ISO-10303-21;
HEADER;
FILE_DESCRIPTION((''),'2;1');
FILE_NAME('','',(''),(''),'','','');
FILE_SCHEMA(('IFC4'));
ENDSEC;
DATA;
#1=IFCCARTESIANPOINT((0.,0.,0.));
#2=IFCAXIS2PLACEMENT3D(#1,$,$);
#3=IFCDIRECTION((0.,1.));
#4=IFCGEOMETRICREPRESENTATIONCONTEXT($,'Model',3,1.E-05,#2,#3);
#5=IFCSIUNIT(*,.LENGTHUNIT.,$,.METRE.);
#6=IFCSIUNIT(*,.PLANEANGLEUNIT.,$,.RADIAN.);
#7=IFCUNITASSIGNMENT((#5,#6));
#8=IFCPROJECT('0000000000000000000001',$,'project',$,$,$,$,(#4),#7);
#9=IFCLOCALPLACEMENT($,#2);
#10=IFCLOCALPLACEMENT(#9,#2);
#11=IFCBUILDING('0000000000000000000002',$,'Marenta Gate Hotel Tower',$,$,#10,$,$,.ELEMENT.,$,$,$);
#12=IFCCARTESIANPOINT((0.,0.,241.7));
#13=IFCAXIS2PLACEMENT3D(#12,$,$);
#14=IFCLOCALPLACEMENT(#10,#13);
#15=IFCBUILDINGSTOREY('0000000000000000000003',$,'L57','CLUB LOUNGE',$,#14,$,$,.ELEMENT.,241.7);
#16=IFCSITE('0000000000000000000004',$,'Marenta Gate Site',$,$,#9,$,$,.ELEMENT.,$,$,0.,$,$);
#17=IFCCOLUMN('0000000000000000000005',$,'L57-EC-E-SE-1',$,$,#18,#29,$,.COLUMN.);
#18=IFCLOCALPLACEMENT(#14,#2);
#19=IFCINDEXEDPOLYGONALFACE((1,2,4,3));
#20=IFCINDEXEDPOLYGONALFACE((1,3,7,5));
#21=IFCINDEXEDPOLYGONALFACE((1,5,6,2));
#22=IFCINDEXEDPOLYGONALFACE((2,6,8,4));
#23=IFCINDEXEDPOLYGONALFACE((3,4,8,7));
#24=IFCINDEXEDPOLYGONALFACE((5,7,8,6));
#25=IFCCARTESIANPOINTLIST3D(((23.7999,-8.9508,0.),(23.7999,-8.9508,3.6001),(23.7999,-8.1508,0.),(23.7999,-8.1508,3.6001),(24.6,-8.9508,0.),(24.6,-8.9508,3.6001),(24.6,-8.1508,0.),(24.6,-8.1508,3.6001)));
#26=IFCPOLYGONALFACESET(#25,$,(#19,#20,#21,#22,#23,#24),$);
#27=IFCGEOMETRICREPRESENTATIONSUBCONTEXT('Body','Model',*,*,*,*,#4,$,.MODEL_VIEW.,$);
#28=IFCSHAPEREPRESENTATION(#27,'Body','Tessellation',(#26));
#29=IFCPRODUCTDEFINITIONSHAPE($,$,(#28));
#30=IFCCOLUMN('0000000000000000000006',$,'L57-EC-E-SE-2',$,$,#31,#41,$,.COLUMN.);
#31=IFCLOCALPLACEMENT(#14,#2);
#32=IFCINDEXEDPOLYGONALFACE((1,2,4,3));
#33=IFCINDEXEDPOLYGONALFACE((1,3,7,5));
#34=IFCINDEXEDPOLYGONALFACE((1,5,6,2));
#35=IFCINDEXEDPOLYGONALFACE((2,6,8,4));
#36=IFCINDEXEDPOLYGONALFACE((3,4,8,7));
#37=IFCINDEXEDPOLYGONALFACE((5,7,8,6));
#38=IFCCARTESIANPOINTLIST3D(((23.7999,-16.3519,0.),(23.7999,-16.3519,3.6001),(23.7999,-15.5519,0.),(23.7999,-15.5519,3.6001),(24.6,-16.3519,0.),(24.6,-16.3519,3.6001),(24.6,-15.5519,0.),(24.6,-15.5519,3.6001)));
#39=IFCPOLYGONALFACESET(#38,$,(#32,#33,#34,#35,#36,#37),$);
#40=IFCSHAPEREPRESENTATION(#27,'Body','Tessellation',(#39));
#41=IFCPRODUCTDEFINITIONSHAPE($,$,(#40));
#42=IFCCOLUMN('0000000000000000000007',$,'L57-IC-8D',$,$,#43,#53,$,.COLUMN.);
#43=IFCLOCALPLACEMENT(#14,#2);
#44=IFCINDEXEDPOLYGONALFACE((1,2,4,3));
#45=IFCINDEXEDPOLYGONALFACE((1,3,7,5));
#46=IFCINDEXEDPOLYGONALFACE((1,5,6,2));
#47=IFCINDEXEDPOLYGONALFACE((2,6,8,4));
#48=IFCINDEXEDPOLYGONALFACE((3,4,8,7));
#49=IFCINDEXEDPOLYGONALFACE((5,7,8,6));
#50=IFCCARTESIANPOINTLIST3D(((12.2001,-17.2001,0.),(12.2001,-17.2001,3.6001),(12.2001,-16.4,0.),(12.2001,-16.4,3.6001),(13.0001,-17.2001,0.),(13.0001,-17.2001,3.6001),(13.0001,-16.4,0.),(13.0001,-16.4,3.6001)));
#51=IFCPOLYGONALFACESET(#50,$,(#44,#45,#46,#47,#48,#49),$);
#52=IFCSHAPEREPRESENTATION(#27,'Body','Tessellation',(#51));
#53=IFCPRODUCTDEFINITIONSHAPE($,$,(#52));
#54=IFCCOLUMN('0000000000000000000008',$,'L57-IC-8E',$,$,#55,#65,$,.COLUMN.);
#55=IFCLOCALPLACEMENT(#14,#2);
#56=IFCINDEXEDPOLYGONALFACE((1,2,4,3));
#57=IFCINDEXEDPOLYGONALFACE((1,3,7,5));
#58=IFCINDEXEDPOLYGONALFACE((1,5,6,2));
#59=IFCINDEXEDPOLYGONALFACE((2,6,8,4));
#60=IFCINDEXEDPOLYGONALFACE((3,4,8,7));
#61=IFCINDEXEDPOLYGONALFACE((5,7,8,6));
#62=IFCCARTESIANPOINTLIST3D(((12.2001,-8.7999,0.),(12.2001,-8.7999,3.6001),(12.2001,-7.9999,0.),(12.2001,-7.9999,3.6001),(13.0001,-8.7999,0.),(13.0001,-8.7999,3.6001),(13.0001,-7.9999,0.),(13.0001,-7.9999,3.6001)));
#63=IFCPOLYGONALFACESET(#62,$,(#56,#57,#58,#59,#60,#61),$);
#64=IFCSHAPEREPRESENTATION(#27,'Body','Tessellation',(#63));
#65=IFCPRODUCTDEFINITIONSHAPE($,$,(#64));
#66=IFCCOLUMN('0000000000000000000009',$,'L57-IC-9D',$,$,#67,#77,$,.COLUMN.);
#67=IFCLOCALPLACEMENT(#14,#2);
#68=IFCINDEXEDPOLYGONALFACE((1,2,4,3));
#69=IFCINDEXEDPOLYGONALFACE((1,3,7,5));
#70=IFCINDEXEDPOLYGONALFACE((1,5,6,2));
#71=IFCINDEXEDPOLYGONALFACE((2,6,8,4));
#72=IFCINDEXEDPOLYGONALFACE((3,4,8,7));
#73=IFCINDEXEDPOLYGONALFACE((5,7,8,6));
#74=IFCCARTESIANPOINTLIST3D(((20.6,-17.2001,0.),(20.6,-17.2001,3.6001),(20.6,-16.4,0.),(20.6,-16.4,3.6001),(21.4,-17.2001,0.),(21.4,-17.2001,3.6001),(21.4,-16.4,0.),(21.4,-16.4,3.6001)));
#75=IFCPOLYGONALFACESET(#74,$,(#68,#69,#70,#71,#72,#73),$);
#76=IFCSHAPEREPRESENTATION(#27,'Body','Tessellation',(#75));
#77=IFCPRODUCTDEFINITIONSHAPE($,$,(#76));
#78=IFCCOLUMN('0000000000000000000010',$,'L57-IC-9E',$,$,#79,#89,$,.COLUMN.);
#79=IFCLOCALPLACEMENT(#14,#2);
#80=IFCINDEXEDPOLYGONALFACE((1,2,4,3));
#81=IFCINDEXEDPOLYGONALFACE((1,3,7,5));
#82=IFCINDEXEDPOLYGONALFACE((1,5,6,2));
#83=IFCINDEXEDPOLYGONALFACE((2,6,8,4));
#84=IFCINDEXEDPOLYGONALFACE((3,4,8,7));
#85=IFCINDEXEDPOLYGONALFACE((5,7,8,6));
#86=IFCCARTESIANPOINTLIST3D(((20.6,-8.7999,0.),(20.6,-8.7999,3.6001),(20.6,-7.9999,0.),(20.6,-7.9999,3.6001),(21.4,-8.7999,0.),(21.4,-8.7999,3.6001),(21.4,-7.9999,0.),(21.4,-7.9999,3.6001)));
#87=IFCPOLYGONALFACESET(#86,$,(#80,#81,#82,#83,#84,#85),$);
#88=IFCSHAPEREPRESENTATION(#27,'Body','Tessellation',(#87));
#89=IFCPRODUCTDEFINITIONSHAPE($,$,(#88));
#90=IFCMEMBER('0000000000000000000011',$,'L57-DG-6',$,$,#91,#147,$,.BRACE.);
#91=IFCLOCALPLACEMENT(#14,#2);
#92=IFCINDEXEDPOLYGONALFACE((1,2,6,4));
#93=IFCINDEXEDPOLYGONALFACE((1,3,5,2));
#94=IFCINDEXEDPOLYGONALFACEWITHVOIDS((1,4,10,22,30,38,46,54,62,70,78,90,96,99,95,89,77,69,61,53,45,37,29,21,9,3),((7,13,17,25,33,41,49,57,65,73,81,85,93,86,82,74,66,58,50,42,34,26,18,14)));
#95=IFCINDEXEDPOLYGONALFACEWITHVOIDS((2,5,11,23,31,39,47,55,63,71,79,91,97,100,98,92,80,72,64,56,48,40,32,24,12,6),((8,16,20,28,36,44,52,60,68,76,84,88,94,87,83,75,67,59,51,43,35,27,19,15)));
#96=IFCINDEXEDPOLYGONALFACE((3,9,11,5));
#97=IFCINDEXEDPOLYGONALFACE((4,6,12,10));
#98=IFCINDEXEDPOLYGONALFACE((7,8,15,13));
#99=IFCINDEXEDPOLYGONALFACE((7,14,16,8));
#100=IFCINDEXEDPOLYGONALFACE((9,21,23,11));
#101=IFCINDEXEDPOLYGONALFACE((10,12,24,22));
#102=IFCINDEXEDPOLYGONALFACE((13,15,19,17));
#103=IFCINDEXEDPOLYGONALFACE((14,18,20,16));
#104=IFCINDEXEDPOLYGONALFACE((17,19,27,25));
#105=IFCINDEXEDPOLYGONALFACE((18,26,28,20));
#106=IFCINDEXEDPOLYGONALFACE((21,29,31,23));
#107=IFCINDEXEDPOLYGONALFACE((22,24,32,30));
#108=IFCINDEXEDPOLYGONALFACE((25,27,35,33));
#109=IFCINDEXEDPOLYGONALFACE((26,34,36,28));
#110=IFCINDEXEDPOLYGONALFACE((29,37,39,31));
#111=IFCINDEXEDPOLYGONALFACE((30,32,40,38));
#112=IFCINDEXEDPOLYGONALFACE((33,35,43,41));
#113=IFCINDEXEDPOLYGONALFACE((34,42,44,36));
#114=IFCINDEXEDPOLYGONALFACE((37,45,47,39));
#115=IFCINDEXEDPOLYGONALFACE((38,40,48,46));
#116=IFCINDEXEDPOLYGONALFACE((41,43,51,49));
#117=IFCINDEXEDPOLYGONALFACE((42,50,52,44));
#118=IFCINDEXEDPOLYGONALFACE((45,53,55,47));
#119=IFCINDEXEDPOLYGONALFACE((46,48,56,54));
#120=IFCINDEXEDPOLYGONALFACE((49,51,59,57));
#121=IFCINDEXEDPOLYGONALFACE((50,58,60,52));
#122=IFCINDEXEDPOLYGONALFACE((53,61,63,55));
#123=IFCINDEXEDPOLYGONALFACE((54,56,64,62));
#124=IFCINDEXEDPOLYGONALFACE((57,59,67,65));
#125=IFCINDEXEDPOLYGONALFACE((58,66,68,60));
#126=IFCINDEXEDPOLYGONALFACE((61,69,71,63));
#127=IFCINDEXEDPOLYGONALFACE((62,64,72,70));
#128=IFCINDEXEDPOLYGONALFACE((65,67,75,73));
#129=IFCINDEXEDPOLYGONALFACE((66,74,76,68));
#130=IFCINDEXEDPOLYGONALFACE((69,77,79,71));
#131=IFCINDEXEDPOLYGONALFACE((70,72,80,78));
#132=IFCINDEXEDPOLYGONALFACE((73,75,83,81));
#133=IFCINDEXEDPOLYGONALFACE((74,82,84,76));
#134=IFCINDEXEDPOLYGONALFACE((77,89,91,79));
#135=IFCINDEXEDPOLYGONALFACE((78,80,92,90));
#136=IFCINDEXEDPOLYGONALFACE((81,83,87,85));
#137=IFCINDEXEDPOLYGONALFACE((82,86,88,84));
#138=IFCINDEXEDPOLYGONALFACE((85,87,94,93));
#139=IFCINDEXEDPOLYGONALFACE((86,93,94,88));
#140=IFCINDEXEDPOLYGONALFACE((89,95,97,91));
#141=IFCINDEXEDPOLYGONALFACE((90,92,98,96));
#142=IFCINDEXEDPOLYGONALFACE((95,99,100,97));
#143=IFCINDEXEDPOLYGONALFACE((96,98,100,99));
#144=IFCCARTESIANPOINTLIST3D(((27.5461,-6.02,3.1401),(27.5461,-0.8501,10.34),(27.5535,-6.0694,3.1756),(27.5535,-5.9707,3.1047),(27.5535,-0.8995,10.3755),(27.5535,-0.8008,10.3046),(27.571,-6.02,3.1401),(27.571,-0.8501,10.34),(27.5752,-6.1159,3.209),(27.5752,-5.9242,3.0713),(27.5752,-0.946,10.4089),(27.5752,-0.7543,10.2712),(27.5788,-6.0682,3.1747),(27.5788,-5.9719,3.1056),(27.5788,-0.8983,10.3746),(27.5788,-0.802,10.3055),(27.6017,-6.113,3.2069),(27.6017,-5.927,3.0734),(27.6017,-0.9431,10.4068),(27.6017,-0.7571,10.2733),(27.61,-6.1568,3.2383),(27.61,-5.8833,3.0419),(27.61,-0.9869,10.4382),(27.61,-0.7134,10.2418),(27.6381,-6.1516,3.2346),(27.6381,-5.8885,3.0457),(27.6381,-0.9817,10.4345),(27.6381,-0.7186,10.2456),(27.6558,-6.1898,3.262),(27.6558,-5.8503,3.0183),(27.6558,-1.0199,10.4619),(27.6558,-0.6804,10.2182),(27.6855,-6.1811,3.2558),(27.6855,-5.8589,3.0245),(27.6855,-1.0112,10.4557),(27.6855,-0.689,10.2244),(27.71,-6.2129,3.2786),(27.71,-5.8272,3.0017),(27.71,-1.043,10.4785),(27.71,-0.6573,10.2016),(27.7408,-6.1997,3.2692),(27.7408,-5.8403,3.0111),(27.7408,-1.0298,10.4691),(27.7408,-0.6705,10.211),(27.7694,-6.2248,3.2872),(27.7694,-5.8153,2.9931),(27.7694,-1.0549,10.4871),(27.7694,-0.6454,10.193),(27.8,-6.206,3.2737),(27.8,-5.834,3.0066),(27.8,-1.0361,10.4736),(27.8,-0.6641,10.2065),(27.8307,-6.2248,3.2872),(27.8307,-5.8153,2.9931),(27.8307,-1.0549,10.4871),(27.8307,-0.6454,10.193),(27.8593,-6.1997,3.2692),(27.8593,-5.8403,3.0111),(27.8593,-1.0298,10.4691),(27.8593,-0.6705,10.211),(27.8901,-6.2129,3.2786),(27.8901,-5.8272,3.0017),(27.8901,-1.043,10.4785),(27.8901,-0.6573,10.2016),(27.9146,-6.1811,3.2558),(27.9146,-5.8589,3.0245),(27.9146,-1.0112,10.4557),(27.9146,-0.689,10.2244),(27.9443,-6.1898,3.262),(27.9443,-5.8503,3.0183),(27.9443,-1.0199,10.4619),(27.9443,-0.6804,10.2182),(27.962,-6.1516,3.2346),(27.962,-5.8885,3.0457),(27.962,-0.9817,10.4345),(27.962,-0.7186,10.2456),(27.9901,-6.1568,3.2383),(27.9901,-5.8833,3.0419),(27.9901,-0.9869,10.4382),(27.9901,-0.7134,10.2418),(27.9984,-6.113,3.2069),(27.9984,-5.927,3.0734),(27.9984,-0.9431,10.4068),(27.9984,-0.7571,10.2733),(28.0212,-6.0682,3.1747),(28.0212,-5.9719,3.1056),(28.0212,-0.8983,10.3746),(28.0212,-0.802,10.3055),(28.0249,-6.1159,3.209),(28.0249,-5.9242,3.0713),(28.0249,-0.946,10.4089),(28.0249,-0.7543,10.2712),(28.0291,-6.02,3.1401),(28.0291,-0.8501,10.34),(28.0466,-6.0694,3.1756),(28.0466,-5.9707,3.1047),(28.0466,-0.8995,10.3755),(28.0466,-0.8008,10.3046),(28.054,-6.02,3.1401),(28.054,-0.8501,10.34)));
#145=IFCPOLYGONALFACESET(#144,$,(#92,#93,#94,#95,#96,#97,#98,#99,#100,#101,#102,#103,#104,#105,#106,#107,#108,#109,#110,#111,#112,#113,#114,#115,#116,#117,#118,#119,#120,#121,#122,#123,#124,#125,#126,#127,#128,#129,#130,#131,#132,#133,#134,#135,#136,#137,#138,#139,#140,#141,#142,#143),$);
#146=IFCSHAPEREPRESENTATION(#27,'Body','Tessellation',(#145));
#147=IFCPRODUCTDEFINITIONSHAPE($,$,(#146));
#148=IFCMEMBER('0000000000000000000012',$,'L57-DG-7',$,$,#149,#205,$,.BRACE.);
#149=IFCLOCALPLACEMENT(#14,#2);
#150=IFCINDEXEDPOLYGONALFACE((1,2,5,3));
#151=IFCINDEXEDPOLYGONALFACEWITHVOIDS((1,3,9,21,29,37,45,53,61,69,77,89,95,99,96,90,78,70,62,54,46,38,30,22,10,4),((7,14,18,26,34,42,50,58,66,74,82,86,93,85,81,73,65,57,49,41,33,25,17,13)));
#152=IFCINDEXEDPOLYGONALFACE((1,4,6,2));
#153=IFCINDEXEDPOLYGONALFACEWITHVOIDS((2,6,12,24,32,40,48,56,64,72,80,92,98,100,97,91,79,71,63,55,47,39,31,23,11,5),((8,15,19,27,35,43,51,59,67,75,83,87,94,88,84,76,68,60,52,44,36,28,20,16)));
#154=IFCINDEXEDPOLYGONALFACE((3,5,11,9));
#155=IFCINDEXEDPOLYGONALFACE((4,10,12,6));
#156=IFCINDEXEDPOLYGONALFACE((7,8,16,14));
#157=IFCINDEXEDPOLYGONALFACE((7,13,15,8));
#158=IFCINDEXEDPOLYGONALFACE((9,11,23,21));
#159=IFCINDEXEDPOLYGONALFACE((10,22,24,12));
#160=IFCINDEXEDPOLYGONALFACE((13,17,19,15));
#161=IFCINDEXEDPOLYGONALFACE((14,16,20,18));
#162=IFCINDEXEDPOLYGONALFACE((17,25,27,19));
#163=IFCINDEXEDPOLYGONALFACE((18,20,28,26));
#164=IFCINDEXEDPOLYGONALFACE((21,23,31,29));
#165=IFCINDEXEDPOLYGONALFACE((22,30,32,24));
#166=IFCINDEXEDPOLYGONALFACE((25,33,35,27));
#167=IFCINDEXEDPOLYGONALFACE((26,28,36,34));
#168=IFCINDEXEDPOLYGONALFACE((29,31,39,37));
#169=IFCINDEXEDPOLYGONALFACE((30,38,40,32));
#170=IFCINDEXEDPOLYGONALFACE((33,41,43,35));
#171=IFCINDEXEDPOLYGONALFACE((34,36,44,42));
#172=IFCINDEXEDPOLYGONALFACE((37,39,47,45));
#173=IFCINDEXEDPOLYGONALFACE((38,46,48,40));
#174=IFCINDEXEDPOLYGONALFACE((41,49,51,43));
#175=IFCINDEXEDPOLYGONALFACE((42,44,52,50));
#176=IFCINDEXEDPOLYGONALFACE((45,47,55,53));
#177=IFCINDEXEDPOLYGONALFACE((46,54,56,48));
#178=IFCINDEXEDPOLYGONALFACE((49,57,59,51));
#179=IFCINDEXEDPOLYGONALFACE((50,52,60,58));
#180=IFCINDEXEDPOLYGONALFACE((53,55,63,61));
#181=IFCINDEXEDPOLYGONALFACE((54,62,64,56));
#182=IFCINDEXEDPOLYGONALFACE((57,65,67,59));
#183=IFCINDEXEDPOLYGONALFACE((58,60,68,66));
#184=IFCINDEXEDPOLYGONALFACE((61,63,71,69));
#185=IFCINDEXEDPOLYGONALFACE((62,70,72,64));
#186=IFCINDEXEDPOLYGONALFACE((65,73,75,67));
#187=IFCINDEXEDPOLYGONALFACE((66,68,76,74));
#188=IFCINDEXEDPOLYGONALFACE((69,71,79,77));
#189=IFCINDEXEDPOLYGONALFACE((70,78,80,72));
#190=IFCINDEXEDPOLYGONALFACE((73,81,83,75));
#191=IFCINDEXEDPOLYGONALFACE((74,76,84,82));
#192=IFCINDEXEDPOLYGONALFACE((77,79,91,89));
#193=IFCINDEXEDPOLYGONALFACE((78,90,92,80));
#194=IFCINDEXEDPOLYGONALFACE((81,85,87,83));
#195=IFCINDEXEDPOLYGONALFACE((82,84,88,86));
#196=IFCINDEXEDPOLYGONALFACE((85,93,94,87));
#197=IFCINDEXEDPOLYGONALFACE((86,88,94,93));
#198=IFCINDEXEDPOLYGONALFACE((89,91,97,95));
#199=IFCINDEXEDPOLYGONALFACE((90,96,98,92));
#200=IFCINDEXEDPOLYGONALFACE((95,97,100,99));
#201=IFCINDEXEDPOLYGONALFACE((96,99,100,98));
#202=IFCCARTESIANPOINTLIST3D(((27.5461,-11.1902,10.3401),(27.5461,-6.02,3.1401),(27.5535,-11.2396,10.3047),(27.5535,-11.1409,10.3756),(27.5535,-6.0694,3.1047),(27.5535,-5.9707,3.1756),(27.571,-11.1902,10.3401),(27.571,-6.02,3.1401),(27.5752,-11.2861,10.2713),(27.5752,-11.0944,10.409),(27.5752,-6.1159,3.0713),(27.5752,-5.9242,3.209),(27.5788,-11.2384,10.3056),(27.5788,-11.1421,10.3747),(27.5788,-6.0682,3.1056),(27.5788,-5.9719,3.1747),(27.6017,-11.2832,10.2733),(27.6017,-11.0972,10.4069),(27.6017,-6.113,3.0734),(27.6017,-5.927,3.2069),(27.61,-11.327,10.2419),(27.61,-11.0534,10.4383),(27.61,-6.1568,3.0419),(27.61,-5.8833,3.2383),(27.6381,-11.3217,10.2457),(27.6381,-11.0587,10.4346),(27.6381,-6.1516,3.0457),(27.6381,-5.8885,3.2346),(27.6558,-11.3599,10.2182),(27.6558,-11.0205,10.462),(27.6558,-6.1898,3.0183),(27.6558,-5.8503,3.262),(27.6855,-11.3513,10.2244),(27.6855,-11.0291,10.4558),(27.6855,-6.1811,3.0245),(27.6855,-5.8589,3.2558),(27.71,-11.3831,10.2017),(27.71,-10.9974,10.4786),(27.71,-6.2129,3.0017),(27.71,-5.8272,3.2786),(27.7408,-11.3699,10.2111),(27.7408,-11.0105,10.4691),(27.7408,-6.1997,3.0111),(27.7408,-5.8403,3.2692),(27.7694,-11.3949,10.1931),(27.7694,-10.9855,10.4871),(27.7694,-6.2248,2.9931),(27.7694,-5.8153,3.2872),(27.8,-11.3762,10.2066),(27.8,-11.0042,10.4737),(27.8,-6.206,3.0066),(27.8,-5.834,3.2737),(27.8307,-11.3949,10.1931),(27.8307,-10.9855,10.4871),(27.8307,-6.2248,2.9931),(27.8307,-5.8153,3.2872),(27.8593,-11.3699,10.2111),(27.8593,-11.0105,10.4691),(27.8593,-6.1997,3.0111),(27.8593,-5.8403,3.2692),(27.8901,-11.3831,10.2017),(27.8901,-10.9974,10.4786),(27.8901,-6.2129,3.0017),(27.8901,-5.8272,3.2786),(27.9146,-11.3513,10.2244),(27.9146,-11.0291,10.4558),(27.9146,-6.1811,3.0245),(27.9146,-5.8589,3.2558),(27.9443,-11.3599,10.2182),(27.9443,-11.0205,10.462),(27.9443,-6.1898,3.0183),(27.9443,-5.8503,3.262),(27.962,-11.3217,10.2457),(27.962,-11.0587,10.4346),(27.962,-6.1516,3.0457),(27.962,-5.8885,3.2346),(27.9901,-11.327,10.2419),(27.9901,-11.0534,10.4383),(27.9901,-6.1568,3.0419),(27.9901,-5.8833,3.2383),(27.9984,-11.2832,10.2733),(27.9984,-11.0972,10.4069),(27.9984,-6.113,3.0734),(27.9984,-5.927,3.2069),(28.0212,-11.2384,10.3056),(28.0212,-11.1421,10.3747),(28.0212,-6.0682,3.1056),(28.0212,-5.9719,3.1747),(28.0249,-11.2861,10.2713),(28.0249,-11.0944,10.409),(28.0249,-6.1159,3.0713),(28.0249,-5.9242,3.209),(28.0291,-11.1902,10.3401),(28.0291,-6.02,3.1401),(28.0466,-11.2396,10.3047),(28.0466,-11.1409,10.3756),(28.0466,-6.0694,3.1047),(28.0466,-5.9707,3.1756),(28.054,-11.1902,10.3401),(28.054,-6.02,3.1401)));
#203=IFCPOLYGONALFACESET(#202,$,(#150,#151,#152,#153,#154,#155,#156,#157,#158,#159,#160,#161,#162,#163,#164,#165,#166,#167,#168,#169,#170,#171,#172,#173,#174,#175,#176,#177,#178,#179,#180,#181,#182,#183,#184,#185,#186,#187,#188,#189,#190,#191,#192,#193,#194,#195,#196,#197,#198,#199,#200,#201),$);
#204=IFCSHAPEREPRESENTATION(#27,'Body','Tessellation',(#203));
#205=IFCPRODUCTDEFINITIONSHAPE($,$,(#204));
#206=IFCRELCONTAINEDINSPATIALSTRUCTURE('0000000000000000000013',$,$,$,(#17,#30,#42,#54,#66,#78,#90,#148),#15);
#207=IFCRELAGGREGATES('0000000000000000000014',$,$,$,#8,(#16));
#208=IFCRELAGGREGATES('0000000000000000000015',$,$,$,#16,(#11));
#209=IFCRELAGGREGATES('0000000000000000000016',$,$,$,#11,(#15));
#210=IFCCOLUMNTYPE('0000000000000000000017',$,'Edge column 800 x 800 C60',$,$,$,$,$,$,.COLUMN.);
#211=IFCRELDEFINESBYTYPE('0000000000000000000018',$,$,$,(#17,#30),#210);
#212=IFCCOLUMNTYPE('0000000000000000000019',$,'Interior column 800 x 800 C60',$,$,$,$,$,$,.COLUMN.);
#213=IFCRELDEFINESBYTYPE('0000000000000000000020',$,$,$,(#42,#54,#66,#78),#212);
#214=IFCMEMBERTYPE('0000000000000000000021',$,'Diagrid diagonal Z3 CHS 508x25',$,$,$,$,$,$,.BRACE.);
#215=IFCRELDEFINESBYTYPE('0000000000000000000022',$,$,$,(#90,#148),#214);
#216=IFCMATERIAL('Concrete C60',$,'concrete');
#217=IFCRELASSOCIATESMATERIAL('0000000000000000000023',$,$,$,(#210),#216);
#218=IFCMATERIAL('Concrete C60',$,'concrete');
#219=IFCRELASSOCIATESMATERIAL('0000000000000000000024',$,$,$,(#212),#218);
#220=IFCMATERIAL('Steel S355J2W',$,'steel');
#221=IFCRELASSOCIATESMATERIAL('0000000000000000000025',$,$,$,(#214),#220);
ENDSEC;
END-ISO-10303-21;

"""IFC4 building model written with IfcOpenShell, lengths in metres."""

from ifc_helpers import new_model, si_unit, direction, frame, origin, origin_2d, place, context, subcontext, project, spatial, rectangle, hollow_circle, extrude, material, material_profile, profile_set, type_object, element, save


model = new_model("IFC4")

# Units and contexts
model_context = context("Model", 3, precision=1e-05, world=origin(), true_north=direction((0.0, 1.0)))
body_context = subcontext(model_context, "Body", "Model", "MODEL_VIEW")
ifc_project = project(units=[si_unit("LENGTHUNIT", "METRE"), si_unit("PLANEANGLEUNIT", "RADIAN")], contexts=[model_context])

# Site, building, storey
site_placement = place(None, origin())
site = spatial("IfcSite", under=ifc_project, at=site_placement, Name="Marenta Gate Site", CompositionType="ELEMENT", RefElevation=0.0)
building_placement = place(site_placement, origin())
building = spatial("IfcBuilding", under=site, at=building_placement, Name="Marenta Gate Hotel Tower", CompositionType="ELEMENT")
storey_placement = place(building_placement, frame((0.0, 0.0, 241.7)))
storey = spatial("IfcBuildingStorey", under=building, at=storey_placement, Name="L57", Description="CLUB LOUNGE", CompositionType="ELEMENT", Elevation=241.7)

# Columns
ifc_material_1 = material(Name="Concrete C60", Category="concrete")
ifc_material_profile_1 = material_profile(ifc_material_1, rectangle(XDim=0.8, YDim=0.8, at=origin_2d()), Name="800 x 800")
ifc_profile_set_1 = profile_set([ifc_material_profile_1], Name="Concrete C60")
column_type_1 = type_object("IfcColumnType", Name="Edge column 800 x 800 C60", PredefinedType="COLUMN", material=ifc_profile_set_1)
for number, where, z_axis, x_axis, name in (
    (1, (24.2, -8.5508, 0.0), (0.0, 0.0, 1.0), (1.0, 0.0, 0.0), "L57-EC-E-SE-1"),
    (2, (24.2, -15.9519, 0.0), (0.0, 0.0, 1.0), (1.0, 0.0, 0.0), "L57-EC-E-SE-2"),
):
    element("IfcColumn", number, at=place(storey_placement, frame(where, z_axis=z_axis, x_axis=x_axis)), inside=storey, type_object=column_type_1, Name=name, PredefinedType="COLUMN", context=body_context, shape_type="SweptSolid", body=[
        extrude(rectangle(XDim=0.8, YDim=0.8, at=origin_2d()), origin(), (0.0, 0.0, 1.0), 3.6001),
    ])
ifc_material_2 = material(Name="Concrete C60", Category="concrete")
ifc_material_profile_2 = material_profile(ifc_material_2, rectangle(XDim=0.8, YDim=0.8, at=origin_2d()), Name="800 x 800")
ifc_profile_set_2 = profile_set([ifc_material_profile_2], Name="Concrete C60")
column_type_2 = type_object("IfcColumnType", Name="Interior column 800 x 800 C60", PredefinedType="COLUMN", material=ifc_profile_set_2)
for number, where, z_axis, x_axis, name in (
    (3, (12.6001, -16.8, 0.0), (0.0, 0.0, 1.0), (1.0, 0.0, 0.0), "L57-IC-8D"),
    (4, (12.6001, -8.3999, 0.0), (0.0, 0.0, 1.0), (1.0, 0.0, 0.0), "L57-IC-8E"),
    (5, (21.0, -16.8, 0.0), (0.0, 0.0, 1.0), (1.0, 0.0, 0.0), "L57-IC-9D"),
    (6, (21.0, -8.3999, 0.0), (0.0, 0.0, 1.0), (1.0, 0.0, 0.0), "L57-IC-9E"),
):
    element("IfcColumn", number, at=place(storey_placement, frame(where, z_axis=z_axis, x_axis=x_axis)), inside=storey, type_object=column_type_2, Name=name, PredefinedType="COLUMN", context=body_context, shape_type="SweptSolid", body=[
        extrude(rectangle(XDim=0.8, YDim=0.8, at=origin_2d()), origin(), (0.0, 0.0, 1.0), 3.6001),
    ])

# Members
ifc_material_3 = material(Name="Steel S355J2W", Category="steel")
ifc_material_profile_3 = material_profile(ifc_material_3, hollow_circle(Radius=0.2539, WallThickness=0.0249, at=origin_2d()), Name="CHS 508x25")
ifc_profile_set_3 = profile_set([ifc_material_profile_3], Name="Steel S355J2W")
member_type_1 = type_object("IfcMemberType", Name="Diagrid diagonal Z3 CHS 508x25", PredefinedType="BRACE", material=ifc_profile_set_3)
member_1_placement = place(storey_placement, frame((27.8, -6.02, 3.1401), z_axis=(0.0, 0.583261, 0.812285), x_axis=(-1.0, 0.0, 0.0)))
element("IfcMember", 7, at=member_1_placement, inside=storey, type_object=member_type_1, Name="L57-DG-6", PredefinedType="BRACE", context=body_context, shape_type="SweptSolid", body=[
    extrude(hollow_circle(Radius=0.2539, WallThickness=0.0249, at=origin_2d()), origin(), (0.0, 0.0, 1.0), 8.8638),
])
member_2_placement = place(storey_placement, frame((27.8, -6.02, 3.1401), z_axis=(0.0, -0.583279, 0.812272), x_axis=(1.0, 0.0, 0.0)))
element("IfcMember", 8, at=member_2_placement, inside=storey, type_object=member_type_1, Name="L57-DG-7", PredefinedType="BRACE", context=body_context, shape_type="SweptSolid", body=[
    extrude(hollow_circle(Radius=0.2539, WallThickness=0.0249, at=origin_2d()), origin(), (0.0, 0.0, 1.0), 8.864),
])

save(model, "model.ifc")
